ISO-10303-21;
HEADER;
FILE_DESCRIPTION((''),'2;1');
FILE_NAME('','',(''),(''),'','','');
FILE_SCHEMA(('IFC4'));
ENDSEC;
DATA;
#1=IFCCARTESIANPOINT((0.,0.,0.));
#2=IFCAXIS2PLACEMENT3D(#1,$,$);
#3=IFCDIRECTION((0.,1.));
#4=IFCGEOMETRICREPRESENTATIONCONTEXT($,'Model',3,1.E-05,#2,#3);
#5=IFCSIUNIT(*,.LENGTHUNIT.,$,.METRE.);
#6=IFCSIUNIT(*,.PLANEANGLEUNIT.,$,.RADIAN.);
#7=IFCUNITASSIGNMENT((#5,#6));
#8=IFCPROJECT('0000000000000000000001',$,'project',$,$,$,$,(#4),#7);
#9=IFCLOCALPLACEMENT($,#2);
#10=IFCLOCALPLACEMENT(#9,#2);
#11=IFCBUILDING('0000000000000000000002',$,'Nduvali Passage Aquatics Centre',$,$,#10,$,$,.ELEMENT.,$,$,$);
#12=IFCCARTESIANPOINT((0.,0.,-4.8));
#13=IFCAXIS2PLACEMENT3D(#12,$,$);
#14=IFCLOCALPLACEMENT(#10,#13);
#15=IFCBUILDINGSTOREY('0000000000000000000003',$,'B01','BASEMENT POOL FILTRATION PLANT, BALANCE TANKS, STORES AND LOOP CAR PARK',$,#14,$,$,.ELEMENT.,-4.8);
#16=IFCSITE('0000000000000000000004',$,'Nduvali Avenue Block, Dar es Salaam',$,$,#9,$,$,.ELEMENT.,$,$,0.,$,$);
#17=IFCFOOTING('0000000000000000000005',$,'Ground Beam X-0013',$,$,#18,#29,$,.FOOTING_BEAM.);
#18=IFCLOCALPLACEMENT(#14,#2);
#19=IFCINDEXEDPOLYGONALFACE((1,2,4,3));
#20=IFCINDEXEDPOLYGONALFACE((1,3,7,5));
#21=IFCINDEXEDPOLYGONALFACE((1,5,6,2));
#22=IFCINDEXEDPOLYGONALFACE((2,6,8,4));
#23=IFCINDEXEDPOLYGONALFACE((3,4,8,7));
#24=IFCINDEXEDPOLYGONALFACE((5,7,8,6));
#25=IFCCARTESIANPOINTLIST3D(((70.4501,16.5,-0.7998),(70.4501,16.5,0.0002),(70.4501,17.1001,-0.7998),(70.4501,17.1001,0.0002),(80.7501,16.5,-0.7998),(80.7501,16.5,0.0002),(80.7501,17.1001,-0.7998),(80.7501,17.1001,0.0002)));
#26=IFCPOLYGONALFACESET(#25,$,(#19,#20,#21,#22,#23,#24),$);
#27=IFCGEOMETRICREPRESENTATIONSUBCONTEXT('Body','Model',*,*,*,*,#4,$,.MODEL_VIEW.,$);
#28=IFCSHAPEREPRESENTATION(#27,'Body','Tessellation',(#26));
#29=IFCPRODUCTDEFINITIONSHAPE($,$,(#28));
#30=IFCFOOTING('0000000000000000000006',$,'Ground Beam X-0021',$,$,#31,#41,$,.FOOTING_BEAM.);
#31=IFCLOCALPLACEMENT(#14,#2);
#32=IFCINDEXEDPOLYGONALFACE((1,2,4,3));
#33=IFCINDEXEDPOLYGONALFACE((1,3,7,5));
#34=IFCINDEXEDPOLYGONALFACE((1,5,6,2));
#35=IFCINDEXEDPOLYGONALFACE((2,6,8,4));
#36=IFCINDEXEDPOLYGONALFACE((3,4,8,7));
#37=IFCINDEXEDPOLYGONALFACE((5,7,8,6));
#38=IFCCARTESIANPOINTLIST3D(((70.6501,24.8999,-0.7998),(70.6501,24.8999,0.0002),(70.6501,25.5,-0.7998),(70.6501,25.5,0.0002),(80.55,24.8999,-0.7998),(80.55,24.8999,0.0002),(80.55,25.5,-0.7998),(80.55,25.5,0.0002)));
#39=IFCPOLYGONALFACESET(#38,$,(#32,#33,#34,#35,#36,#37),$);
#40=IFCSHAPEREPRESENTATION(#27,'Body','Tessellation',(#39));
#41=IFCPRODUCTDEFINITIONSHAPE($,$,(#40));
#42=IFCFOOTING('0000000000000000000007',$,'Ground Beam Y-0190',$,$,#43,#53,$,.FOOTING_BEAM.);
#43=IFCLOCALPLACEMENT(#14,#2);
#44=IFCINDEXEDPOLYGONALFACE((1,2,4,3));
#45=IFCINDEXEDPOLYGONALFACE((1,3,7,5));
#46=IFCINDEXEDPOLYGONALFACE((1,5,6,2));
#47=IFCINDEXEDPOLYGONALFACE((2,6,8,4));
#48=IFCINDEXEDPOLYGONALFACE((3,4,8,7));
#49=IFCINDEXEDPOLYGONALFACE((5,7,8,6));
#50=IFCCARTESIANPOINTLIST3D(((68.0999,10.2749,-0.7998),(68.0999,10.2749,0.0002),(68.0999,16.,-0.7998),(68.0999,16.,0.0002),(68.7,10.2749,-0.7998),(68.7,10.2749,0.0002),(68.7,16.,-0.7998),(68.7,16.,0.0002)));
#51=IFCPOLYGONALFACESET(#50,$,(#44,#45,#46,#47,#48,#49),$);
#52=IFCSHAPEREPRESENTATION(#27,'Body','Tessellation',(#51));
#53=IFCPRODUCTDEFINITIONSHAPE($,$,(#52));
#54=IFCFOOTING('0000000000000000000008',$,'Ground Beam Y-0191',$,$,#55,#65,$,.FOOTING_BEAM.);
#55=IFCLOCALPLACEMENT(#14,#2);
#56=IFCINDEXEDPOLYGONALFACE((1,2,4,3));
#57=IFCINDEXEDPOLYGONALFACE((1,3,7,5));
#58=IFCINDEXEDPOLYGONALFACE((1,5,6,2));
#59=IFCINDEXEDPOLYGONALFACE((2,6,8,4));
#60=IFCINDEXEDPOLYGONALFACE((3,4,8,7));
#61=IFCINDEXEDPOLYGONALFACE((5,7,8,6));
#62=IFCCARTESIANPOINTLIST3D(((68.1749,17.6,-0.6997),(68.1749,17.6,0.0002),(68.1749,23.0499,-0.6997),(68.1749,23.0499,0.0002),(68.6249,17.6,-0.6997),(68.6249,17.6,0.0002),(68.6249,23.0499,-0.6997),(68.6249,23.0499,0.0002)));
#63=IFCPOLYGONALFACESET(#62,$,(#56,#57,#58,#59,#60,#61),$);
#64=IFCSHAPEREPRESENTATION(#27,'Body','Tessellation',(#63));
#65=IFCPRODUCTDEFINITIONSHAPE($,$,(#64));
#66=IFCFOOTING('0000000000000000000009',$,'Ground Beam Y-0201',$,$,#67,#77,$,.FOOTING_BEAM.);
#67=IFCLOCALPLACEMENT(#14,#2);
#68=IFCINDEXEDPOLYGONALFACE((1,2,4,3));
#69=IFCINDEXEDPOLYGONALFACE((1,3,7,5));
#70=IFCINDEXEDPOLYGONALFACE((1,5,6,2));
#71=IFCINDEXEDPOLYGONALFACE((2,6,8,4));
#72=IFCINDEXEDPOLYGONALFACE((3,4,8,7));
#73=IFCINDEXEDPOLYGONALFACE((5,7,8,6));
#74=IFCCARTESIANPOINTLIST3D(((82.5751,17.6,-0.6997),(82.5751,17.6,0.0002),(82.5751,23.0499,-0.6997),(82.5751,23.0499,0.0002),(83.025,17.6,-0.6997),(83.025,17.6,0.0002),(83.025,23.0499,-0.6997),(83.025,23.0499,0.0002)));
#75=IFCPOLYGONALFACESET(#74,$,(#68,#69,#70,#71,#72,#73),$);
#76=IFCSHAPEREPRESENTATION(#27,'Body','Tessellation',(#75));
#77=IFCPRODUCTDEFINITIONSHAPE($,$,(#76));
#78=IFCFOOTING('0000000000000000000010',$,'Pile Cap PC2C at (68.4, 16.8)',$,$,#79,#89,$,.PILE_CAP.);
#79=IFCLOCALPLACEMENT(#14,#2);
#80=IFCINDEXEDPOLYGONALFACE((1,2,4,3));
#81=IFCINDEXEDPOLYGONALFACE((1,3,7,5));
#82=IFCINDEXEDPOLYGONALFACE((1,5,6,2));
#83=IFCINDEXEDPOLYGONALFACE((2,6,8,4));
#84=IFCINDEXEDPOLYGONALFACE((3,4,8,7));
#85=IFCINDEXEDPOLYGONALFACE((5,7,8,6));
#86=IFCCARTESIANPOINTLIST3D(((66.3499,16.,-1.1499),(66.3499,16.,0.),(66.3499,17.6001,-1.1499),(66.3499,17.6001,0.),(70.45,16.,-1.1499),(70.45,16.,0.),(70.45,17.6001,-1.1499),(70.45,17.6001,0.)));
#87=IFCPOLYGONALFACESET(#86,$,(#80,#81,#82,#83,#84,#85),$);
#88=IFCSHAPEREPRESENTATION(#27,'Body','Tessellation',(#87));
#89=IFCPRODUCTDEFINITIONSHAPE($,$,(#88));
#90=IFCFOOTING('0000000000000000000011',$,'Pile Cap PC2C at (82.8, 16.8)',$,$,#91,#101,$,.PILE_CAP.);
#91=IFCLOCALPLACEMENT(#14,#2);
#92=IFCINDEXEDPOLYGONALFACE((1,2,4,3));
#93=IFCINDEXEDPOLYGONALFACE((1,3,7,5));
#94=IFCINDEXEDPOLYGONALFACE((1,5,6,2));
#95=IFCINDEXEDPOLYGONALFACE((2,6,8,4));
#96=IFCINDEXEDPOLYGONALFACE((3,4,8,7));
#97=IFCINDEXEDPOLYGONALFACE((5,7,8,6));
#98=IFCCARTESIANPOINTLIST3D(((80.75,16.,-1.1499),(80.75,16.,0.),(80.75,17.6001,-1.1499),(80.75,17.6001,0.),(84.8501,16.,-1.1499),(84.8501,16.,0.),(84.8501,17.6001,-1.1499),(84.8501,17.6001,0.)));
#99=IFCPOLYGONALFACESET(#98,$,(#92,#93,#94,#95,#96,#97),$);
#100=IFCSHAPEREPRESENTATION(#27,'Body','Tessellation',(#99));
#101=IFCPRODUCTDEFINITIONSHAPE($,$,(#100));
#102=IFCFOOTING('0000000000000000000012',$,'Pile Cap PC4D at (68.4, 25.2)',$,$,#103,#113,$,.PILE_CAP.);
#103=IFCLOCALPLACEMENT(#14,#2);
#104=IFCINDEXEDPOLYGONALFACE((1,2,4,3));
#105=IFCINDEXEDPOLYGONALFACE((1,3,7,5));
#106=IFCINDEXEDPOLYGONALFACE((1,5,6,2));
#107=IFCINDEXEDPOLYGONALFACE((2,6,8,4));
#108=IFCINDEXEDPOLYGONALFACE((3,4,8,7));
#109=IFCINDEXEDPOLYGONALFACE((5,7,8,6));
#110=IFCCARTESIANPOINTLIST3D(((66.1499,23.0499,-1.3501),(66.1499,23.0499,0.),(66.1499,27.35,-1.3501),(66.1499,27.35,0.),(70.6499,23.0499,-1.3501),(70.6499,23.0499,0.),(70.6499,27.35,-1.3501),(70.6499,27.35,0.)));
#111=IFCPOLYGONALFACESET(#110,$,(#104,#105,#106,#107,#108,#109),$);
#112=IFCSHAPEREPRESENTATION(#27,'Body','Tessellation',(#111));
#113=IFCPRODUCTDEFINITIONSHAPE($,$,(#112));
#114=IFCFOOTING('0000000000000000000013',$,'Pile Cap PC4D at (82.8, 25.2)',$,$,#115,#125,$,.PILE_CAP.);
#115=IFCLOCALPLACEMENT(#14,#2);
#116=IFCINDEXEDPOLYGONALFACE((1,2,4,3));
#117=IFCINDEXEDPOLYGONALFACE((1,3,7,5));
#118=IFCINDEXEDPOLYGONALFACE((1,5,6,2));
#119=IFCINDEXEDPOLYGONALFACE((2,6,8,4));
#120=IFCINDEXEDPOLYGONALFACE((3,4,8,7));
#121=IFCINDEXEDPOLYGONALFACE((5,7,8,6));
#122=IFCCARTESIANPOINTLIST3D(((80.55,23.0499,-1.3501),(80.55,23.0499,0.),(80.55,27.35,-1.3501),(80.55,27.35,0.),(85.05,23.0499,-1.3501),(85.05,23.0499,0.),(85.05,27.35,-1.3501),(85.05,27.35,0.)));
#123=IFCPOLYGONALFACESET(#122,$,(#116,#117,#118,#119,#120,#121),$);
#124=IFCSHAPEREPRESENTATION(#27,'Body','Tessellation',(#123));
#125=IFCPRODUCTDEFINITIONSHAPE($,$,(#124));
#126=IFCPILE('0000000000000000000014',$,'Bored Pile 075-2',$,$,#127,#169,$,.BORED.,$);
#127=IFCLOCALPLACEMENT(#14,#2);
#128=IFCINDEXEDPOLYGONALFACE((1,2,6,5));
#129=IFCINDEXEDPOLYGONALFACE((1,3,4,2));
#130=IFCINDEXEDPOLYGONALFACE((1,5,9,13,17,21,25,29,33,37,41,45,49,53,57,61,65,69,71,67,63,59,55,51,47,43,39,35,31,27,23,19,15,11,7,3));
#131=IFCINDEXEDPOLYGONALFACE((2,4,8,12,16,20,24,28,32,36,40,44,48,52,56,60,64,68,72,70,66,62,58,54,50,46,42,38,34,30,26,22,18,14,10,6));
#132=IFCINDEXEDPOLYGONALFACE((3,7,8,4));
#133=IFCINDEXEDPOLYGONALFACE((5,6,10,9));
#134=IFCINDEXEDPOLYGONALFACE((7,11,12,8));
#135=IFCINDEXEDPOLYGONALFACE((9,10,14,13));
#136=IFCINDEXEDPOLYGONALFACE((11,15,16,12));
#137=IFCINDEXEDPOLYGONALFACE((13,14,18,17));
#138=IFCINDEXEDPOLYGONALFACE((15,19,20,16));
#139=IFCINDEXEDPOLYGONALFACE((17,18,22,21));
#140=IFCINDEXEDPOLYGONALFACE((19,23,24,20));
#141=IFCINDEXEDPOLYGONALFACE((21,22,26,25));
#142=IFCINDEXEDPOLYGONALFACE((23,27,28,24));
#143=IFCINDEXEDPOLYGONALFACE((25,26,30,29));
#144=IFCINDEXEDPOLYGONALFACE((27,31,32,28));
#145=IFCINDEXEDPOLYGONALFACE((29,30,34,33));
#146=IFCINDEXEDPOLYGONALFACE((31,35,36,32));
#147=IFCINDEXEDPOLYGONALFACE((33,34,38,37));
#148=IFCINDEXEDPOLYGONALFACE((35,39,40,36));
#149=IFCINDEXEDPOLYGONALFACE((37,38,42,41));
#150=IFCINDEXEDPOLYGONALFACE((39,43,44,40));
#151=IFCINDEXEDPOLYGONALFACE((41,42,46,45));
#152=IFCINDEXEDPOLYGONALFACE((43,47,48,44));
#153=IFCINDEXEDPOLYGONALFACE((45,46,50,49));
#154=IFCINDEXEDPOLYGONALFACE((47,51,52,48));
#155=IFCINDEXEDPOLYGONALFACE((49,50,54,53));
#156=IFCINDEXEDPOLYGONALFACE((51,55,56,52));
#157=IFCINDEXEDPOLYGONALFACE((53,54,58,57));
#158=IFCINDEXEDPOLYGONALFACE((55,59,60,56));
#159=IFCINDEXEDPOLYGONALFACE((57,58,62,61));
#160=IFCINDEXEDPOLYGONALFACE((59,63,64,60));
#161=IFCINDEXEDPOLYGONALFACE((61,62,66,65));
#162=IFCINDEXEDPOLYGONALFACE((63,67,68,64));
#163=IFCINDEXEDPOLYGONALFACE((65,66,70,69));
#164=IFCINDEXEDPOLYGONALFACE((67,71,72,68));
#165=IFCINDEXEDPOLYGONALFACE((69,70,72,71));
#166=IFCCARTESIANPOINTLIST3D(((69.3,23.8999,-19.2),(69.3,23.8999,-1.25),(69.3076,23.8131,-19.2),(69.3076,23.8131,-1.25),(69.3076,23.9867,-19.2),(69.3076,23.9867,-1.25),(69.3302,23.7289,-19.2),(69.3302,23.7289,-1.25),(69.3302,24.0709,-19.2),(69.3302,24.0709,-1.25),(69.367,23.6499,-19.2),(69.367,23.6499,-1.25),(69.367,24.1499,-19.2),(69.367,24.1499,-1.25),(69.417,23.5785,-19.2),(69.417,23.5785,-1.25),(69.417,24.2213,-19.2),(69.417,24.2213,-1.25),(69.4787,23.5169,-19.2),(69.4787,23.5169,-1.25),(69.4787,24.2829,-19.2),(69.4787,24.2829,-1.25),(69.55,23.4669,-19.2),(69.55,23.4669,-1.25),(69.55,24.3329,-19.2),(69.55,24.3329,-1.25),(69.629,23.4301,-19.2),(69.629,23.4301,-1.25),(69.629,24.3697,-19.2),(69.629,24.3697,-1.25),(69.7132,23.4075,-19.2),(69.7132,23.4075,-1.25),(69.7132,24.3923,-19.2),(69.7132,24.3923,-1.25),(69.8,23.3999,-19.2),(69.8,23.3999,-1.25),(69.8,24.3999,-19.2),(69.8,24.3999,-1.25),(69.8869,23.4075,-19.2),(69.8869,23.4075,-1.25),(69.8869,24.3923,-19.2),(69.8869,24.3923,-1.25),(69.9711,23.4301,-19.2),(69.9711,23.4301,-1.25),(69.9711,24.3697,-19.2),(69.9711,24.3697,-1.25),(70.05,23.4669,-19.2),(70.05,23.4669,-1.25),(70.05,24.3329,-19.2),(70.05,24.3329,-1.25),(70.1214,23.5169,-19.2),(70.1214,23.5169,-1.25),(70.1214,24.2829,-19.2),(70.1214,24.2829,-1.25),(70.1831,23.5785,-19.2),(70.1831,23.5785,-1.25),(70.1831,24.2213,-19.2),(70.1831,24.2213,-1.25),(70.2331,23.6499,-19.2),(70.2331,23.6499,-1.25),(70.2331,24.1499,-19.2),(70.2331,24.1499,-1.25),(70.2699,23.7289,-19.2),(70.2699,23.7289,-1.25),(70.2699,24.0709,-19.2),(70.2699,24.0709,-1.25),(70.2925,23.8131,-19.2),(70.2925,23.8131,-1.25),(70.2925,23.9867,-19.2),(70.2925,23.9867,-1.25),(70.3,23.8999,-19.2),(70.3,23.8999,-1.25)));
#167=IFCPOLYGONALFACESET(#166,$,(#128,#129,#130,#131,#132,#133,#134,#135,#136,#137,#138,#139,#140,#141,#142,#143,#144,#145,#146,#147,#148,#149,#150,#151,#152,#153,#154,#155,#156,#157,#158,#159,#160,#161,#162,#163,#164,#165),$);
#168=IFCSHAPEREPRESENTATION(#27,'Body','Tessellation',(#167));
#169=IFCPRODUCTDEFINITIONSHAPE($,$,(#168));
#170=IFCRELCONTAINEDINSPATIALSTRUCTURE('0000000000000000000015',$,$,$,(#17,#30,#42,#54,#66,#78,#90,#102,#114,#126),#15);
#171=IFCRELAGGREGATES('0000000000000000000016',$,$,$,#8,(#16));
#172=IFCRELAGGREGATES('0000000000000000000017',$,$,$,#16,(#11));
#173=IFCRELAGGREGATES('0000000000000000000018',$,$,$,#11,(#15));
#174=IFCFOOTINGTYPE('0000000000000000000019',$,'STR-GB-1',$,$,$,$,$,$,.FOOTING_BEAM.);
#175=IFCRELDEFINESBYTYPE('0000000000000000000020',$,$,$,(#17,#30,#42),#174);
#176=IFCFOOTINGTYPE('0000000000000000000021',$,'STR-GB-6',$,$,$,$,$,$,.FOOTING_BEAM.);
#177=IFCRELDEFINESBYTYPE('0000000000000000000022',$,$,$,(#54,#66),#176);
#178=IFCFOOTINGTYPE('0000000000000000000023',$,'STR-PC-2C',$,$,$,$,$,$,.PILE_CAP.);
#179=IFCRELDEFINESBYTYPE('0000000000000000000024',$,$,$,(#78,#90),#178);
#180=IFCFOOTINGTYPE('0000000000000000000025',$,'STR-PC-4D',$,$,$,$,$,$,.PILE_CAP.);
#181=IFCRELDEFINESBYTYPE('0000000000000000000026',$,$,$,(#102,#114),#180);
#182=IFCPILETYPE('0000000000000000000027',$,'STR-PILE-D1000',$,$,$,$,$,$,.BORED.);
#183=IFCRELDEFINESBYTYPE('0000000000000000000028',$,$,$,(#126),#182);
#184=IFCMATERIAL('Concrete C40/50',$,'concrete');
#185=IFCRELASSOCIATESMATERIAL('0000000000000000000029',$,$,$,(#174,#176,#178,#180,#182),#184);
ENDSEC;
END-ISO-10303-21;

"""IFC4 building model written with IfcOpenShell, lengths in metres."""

from ifc_helpers import new_model, si_unit, direction, frame, origin, origin_2d, place, context, subcontext, project, spatial, rectangle, circle, extrude, material, material_profile, profile_set, type_object, element, save


model = new_model("IFC4")

# Units and contexts
model_context = context("Model", 3, precision=1e-05, world=origin(), true_north=direction((0.0, 1.0)))
body_context = subcontext(model_context, "Body", "Model", "MODEL_VIEW")
ifc_project = project(units=[si_unit("LENGTHUNIT", "METRE"), si_unit("PLANEANGLEUNIT", "RADIAN")], contexts=[model_context])

# Site, building, storey
site_placement = place(None, origin())
site = spatial("IfcSite", under=ifc_project, at=site_placement, Name="Nduvali Avenue Block, Dar es Salaam", CompositionType="ELEMENT", RefElevation=0.0)
building_placement = place(site_placement, origin())
building = spatial("IfcBuilding", under=site, at=building_placement, Name="Nduvali Passage Aquatics Centre", CompositionType="ELEMENT")
storey_placement = place(building_placement, frame((0.0, 0.0, -4.8)))
storey = spatial("IfcBuildingStorey", under=building, at=storey_placement, Name="B01", Description="BASEMENT POOL FILTRATION PLANT, BALANCE TANKS, STORES AND LOOP CAR PARK", CompositionType="ELEMENT", Elevation=-4.8)

# Footings
ifc_material_1 = material(Name="Concrete C40/50", Category="concrete")
footing_type_1 = type_object("IfcFootingType", Name="STR-GB-1", PredefinedType="FOOTING_BEAM", material=ifc_material_1)
footing_1_placement = place(storey_placement, frame((75.6001, 16.8, -0.7998), z_axis=(0.0, 0.0, 1.0), x_axis=(1.0, 0.0, 0.0)))
element("IfcFooting", 1, at=footing_1_placement, inside=storey, type_object=footing_type_1, Name="Ground Beam X-0013", PredefinedType="FOOTING_BEAM", context=body_context, shape_type="SweptSolid", body=[
    extrude(rectangle(XDim=10.3, YDim=0.6001, at=origin_2d()), origin(), (0.0, 0.0, 1.0), 0.8),
])
footing_2_placement = place(storey_placement, frame((75.6001, 25.2, -0.7998), z_axis=(0.0, 0.0, 1.0), x_axis=(1.0, 0.0, 0.0)))
element("IfcFooting", 2, at=footing_2_placement, inside=storey, type_object=footing_type_1, Name="Ground Beam X-0021", PredefinedType="FOOTING_BEAM", context=body_context, shape_type="SweptSolid", body=[
    extrude(rectangle(XDim=9.8999, YDim=0.6001, at=origin_2d()), origin(), (0.0, 0.0, 1.0), 0.8),
])
footing_3_placement = place(storey_placement, frame((68.3999, 13.1375, -0.7998), z_axis=(0.0, 0.0, 1.0), x_axis=(0.0, 1.0, 0.0)))
element("IfcFooting", 3, at=footing_3_placement, inside=storey, type_object=footing_type_1, Name="Ground Beam Y-0190", PredefinedType="FOOTING_BEAM", context=body_context, shape_type="SweptSolid", body=[
    extrude(rectangle(XDim=5.7251, YDim=0.6001, at=origin_2d()), origin(), (0.0, 0.0, 1.0), 0.8),
])
footing_type_2 = type_object("IfcFootingType", Name="STR-GB-6", PredefinedType="FOOTING_BEAM", material=ifc_material_1)
for number, where, z_axis, x_axis, name in (
    (4, (68.3999, 20.325, -0.6997), (0.0, 0.0, 1.0), (0.0, 1.0, 0.0), "Ground Beam Y-0191"),
    (5, (82.8, 20.325, -0.6997), (0.0, 0.0, 1.0), (0.0, 1.0, 0.0), "Ground Beam Y-0201"),
):
    element("IfcFooting", number, at=place(storey_placement, frame(where, z_axis=z_axis, x_axis=x_axis)), inside=storey, type_object=footing_type_2, Name=name, PredefinedType="FOOTING_BEAM", context=body_context, shape_type="SweptSolid", body=[
        extrude(rectangle(XDim=5.45, YDim=0.45, at=origin_2d()), origin(), (0.0, 0.0, 1.0), 0.7),
    ])
footing_type_3 = type_object("IfcFootingType", Name="STR-PC-2C", PredefinedType="PILE_CAP", material=ifc_material_1)
for number, where, z_axis, x_axis, name in (
    (6, (68.3999, 16.8, -1.1499), (0.0, 0.0, 1.0), (1.0, 0.0, 0.0), "Pile Cap PC2C at (68.4, 16.8)"),
    (7, (82.8, 16.8, -1.1499), (0.0, 0.0, 1.0), (1.0, 0.0, 0.0), "Pile Cap PC2C at (82.8, 16.8)"),
):
    element("IfcFooting", number, at=place(storey_placement, frame(where, z_axis=z_axis, x_axis=x_axis)), inside=storey, type_object=footing_type_3, Name=name, PredefinedType="PILE_CAP", context=body_context, shape_type="SweptSolid", body=[
        extrude(rectangle(XDim=4.1001, YDim=1.6001, at=origin_2d()), origin(), (0.0, 0.0, 1.0), 1.1499),
    ])
footing_type_4 = type_object("IfcFootingType", Name="STR-PC-4D", PredefinedType="PILE_CAP", material=ifc_material_1)
for number, where, z_axis, x_axis, name in (
    (8, (68.3999, 25.2, -1.3501), (0.0, 0.0, 1.0), (1.0, 0.0, 0.0), "Pile Cap PC4D at (68.4, 25.2)"),
    (9, (82.8, 25.2, -1.3501), (0.0, 0.0, 1.0), (1.0, 0.0, 0.0), "Pile Cap PC4D at (82.8, 25.2)"),
):
    element("IfcFooting", number, at=place(storey_placement, frame(where, z_axis=z_axis, x_axis=x_axis)), inside=storey, type_object=footing_type_4, Name=name, PredefinedType="PILE_CAP", context=body_context, shape_type="SweptSolid", body=[
        extrude(rectangle(XDim=4.5, YDim=4.3, at=origin_2d()), origin(), (0.0, 0.0, 1.0), 1.3501),
    ])

# Pile
ifc_material_profile_1 = material_profile(ifc_material_1, circle(Radius=0.5, at=origin_2d()), Name="PILE D1000")
ifc_profile_set_1 = profile_set([ifc_material_profile_1], Name="Concrete C40/50")
pile_type_1 = type_object("IfcPileType", Name="STR-PILE-D1000", PredefinedType="BORED", material=ifc_profile_set_1)
for number, where, z_axis, x_axis, name in (
    (10, (69.8, 23.8999, -1.25), (0.0, 0.0, -1.0), (1.0, 0.0, 0.0), "Bored Pile 075-2"),
):
    element("IfcPile", number, at=place(storey_placement, frame(where, z_axis=z_axis, x_axis=x_axis)), inside=storey, type_object=pile_type_1, Name=name, PredefinedType="BORED", context=body_context, shape_type="SweptSolid", body=[
        extrude(circle(Radius=0.5, at=origin_2d()), origin(), (0.0, 0.0, 1.0), 17.95),
    ])

save(model, "model.ifc")
